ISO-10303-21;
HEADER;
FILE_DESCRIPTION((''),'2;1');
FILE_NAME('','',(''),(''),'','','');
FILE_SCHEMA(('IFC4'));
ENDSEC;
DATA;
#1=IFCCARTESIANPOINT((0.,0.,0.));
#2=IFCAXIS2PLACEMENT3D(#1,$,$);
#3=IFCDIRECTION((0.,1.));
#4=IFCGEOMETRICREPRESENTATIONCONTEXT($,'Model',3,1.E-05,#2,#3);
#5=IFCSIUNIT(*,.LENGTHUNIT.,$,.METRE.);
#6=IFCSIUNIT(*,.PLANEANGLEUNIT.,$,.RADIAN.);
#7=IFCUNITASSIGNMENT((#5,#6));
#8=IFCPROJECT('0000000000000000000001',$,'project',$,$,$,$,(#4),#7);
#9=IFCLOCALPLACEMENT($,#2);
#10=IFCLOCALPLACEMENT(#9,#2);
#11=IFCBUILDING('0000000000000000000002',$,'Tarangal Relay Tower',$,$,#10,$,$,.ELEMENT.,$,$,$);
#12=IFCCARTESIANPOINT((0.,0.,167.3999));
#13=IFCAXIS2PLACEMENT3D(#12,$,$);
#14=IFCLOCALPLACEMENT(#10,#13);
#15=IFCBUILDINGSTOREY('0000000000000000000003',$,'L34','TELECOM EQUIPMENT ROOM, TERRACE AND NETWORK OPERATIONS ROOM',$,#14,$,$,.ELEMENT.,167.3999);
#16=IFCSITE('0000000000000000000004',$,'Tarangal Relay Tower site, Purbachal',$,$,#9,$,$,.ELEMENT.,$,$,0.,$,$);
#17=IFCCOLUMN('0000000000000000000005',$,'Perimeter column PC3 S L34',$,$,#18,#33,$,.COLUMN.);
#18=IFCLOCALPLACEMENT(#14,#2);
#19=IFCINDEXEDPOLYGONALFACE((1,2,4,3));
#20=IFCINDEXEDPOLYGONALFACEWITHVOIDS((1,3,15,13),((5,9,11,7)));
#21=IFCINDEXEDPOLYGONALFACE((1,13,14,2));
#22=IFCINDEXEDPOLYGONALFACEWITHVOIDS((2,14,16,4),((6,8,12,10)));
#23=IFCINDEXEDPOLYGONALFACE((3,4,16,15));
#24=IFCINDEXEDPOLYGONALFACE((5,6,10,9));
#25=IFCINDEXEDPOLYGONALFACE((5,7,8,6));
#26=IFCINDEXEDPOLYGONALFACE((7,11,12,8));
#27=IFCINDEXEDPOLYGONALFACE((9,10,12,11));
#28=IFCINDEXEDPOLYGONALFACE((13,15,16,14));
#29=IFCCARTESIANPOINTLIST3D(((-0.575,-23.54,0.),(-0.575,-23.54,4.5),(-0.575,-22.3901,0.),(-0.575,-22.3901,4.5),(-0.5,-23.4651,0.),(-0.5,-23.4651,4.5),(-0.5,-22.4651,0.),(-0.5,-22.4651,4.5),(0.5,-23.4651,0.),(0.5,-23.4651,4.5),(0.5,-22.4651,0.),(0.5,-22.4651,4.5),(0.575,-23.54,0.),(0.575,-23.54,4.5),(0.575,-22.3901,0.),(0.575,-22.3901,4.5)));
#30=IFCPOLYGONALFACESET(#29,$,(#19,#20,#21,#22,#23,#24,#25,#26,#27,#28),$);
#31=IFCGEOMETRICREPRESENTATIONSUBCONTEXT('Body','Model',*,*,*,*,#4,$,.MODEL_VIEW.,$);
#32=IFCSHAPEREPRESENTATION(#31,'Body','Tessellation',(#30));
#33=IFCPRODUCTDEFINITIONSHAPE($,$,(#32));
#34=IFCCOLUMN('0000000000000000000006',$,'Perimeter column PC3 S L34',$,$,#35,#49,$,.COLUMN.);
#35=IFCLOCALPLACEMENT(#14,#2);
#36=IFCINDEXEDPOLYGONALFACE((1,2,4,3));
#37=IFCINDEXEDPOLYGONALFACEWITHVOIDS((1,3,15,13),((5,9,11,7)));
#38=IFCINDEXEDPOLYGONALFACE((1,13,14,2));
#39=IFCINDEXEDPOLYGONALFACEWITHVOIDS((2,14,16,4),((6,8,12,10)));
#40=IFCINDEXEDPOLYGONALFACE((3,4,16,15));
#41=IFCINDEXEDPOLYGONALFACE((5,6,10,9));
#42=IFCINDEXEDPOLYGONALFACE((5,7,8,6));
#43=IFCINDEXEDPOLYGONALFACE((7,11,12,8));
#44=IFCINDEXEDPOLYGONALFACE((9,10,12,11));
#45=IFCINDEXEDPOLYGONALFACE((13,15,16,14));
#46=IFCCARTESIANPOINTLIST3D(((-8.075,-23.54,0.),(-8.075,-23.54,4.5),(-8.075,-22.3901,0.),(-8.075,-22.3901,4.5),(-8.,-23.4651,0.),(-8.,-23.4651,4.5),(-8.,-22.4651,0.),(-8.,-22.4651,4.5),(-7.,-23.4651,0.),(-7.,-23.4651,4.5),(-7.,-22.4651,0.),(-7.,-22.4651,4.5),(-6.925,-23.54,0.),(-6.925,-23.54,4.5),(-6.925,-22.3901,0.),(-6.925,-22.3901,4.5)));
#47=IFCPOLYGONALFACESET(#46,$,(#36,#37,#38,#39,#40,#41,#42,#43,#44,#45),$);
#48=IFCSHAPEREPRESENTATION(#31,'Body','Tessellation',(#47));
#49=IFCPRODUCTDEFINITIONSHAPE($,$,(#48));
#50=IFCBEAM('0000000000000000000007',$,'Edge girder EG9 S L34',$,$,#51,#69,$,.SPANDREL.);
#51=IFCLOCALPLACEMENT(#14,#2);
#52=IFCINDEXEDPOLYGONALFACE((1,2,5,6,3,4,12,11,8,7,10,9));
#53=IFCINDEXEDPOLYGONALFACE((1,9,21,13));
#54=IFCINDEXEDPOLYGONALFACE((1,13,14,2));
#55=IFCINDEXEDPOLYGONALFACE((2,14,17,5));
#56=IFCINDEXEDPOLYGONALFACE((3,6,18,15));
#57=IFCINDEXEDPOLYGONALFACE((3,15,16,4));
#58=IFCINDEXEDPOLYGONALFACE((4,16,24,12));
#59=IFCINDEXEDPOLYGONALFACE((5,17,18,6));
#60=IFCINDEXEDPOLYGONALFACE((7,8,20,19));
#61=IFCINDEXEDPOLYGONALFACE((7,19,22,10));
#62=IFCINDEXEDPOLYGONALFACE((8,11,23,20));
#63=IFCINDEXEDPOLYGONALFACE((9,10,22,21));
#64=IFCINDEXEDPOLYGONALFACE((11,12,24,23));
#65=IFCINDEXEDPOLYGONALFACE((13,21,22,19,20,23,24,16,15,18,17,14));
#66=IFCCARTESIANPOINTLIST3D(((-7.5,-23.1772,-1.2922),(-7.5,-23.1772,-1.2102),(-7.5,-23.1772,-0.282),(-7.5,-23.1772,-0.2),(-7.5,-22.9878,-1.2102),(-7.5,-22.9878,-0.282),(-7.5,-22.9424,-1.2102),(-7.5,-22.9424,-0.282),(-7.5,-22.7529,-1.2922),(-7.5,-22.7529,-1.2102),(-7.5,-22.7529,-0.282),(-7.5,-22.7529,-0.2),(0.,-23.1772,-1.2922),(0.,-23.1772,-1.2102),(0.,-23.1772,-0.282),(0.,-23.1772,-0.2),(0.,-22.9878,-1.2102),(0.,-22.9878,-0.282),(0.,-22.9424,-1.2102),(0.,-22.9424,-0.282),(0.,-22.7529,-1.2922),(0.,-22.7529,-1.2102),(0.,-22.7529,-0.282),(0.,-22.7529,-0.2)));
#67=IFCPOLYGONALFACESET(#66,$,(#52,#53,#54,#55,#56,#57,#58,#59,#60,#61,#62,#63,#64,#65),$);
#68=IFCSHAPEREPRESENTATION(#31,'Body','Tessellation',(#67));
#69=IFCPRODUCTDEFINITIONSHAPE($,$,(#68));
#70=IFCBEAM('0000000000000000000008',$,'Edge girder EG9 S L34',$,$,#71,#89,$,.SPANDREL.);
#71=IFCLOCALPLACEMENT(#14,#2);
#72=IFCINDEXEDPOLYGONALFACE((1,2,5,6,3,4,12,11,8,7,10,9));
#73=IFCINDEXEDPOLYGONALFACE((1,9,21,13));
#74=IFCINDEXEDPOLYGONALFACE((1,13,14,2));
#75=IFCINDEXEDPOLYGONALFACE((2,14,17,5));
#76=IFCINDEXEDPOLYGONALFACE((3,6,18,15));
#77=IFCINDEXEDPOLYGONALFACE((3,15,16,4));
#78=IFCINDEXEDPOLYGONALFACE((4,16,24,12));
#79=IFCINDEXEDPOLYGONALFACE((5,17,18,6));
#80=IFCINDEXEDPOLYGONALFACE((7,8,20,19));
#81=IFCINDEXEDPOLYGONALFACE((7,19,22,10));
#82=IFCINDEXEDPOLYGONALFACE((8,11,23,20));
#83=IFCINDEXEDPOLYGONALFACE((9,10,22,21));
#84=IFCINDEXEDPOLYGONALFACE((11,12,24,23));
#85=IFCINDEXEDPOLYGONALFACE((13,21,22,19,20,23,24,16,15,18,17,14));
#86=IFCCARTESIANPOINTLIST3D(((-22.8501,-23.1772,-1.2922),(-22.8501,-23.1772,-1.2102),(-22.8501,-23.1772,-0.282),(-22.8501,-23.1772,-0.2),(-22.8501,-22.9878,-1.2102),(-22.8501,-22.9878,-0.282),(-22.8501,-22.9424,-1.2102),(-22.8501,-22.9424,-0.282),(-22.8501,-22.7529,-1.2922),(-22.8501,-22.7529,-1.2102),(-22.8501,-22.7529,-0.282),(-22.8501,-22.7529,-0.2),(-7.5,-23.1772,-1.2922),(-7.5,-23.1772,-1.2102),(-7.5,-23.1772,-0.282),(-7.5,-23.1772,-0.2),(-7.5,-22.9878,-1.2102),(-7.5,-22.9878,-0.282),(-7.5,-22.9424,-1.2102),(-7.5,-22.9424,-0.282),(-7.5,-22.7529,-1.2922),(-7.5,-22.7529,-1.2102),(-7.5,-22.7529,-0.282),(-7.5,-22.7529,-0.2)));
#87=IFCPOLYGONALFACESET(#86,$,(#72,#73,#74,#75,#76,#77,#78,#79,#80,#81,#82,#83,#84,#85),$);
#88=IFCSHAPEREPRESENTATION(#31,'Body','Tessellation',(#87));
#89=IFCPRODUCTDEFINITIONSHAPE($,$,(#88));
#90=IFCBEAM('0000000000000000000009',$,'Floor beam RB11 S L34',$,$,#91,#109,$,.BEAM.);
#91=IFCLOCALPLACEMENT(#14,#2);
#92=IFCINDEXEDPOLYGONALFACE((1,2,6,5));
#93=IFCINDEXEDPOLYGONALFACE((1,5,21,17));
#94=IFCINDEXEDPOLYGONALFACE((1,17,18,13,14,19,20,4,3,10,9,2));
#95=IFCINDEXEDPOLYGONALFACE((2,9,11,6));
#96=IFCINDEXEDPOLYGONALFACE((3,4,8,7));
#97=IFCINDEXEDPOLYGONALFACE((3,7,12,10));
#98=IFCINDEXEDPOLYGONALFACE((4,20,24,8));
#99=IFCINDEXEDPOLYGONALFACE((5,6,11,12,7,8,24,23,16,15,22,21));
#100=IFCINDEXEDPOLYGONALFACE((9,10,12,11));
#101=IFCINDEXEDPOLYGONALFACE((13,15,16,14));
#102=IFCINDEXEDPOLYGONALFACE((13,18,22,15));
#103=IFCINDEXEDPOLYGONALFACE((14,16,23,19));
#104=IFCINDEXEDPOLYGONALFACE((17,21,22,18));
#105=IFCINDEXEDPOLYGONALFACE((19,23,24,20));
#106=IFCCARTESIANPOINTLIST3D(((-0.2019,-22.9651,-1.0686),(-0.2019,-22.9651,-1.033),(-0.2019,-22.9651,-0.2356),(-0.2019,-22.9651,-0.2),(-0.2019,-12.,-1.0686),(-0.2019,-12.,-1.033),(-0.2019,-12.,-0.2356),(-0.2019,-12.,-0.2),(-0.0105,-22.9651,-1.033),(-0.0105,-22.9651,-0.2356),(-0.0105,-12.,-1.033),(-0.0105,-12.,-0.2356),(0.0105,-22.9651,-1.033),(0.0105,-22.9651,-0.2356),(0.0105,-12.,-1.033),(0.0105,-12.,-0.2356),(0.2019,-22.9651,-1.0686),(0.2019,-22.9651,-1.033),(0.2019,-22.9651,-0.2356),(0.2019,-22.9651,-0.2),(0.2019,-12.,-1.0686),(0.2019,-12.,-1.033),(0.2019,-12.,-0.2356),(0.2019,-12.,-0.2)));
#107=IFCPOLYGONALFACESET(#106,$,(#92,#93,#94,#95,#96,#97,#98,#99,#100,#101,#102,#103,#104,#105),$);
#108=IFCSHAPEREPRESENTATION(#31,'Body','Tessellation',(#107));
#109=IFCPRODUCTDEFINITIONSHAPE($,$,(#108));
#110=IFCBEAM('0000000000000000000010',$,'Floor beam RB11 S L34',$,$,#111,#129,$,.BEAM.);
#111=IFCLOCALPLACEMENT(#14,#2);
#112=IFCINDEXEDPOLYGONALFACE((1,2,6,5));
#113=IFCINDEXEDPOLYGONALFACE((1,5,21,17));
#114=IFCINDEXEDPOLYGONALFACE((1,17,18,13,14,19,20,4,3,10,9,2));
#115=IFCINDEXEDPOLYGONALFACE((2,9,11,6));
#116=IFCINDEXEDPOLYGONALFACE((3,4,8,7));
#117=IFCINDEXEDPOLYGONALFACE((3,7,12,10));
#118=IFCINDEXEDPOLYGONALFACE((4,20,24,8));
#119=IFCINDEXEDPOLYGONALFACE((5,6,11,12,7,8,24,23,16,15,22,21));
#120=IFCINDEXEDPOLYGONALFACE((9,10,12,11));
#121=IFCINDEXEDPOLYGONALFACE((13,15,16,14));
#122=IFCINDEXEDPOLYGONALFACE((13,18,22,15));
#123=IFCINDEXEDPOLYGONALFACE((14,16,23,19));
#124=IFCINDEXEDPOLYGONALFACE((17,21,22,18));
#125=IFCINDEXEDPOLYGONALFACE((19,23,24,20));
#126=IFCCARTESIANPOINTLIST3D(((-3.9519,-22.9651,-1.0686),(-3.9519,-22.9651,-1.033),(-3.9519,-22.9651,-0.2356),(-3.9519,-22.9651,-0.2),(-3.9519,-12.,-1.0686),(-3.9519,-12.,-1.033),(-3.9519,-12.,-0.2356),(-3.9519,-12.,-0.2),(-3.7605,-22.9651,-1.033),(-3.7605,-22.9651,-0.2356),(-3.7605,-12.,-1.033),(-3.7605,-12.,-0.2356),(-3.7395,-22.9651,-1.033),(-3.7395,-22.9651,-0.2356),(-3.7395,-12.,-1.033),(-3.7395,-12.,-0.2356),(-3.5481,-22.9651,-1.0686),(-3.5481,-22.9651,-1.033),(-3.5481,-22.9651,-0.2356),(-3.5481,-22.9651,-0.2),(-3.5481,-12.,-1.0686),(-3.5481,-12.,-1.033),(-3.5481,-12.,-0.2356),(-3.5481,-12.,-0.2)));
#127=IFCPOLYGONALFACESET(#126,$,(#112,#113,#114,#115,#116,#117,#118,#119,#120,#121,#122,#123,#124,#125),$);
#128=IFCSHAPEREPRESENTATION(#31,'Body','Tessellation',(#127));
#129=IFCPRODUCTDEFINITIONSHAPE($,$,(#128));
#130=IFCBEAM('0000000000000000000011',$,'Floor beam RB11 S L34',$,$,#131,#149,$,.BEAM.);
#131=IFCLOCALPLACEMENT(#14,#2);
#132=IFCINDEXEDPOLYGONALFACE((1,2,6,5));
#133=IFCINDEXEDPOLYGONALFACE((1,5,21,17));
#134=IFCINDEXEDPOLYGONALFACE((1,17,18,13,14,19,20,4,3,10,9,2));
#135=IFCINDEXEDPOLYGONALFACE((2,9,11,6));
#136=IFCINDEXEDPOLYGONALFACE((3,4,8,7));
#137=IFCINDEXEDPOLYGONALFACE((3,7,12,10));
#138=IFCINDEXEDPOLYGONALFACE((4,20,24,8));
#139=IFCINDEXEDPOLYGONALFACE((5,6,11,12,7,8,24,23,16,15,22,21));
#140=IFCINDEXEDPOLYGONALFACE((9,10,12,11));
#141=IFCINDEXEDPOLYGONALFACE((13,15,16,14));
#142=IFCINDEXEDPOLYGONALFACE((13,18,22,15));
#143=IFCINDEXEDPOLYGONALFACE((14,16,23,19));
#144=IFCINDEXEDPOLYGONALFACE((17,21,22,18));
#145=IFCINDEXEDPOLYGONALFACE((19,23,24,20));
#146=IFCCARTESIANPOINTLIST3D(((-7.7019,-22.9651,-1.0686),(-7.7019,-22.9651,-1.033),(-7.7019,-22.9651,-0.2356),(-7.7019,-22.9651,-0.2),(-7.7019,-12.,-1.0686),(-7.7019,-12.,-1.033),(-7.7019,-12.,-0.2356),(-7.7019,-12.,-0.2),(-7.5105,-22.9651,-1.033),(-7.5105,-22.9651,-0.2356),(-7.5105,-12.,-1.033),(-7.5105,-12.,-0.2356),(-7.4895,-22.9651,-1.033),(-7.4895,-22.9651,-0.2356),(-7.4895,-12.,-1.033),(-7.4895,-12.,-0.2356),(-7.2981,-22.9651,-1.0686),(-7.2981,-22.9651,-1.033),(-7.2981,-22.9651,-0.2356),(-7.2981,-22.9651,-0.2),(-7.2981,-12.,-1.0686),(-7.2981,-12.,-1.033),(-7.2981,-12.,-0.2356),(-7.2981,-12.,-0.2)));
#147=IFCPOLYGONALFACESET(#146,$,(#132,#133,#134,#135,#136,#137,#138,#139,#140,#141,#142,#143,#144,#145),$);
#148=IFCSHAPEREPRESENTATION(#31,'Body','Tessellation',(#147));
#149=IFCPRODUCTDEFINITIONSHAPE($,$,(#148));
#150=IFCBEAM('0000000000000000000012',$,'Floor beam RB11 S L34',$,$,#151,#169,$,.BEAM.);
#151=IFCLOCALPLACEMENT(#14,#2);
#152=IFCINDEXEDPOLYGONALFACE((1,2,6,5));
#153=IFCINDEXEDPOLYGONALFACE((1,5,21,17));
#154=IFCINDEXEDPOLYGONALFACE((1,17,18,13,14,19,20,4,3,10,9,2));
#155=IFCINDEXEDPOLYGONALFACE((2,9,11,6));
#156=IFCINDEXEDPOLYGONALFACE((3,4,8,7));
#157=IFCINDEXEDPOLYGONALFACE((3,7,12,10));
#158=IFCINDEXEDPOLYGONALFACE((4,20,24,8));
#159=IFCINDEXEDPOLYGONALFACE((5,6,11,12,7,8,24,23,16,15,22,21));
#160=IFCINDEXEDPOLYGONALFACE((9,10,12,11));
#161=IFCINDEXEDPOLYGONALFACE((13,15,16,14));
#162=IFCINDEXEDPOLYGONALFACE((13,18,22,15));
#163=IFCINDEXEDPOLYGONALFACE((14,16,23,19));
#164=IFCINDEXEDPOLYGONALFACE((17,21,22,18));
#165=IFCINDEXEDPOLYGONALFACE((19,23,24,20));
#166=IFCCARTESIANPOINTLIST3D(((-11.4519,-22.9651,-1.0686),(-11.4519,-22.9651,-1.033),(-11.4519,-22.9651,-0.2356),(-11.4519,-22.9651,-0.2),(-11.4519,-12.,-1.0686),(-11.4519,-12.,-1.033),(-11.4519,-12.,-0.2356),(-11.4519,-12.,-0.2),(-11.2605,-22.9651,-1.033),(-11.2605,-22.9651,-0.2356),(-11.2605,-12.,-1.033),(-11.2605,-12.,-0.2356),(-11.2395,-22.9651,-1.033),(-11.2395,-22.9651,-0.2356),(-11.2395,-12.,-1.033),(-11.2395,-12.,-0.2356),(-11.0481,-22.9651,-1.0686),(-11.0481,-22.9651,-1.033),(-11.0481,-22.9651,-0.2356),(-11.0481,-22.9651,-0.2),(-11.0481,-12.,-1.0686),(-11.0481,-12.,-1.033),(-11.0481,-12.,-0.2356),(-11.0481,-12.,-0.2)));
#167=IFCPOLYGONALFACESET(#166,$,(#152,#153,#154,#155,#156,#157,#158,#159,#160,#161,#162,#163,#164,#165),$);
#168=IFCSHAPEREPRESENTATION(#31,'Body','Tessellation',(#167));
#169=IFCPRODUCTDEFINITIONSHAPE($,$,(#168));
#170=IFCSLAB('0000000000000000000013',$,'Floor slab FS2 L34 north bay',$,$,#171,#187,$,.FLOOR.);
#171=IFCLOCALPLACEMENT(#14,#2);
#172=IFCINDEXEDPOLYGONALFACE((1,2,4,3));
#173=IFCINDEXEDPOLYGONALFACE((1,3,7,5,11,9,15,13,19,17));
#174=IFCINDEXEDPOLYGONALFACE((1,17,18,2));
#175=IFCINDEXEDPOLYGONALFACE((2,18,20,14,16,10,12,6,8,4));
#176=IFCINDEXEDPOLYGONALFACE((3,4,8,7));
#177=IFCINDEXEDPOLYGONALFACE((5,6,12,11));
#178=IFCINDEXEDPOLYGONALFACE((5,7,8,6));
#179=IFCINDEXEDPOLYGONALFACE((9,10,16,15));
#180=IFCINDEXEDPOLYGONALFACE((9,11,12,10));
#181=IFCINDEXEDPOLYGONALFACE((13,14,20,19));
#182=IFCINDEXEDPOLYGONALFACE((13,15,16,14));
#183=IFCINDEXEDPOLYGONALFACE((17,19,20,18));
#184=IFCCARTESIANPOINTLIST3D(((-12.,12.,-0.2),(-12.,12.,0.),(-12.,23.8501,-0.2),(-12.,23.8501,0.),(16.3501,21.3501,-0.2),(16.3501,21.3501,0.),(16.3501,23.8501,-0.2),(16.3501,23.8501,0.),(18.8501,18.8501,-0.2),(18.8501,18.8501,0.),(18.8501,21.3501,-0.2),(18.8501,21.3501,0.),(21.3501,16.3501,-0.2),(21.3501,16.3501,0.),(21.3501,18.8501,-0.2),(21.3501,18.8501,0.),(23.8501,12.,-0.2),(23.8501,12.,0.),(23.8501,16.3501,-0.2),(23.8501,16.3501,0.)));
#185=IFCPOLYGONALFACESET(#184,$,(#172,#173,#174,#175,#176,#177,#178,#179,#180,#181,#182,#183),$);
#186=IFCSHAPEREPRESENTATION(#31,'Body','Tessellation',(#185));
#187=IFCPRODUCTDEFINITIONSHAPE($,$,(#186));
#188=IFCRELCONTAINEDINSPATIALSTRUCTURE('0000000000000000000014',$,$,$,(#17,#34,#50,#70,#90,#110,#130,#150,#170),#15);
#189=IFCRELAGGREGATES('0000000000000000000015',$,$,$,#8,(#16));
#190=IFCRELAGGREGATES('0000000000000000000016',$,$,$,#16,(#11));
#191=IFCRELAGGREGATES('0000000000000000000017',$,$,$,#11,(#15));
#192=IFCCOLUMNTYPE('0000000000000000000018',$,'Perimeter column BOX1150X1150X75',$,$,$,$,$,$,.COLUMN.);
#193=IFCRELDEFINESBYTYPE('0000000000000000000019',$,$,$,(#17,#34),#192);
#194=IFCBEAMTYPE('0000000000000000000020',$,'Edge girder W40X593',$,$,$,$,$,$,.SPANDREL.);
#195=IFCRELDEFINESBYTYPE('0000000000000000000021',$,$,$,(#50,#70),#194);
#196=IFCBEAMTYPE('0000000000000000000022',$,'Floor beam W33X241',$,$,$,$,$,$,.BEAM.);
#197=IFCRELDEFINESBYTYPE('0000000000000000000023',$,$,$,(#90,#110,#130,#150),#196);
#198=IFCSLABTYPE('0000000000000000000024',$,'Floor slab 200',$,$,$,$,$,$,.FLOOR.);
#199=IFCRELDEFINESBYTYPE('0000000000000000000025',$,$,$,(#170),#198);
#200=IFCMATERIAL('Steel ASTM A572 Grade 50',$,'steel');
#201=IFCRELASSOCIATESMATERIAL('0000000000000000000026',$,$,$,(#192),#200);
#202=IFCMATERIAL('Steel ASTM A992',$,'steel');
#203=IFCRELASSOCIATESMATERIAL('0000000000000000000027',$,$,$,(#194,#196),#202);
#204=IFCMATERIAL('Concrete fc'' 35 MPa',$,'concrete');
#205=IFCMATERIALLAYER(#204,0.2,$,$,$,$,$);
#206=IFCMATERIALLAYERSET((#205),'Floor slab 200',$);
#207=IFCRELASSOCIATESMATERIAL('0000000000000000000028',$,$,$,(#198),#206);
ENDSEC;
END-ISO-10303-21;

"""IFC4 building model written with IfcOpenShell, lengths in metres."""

from ifc_helpers import new_model, si_unit, direction, frame, origin, origin_2d, place, context, subcontext, project, spatial, polyline, hollow_rectangle, i_section, outline, extrude, material, layer, layer_set, material_profile, profile_set, type_object, element, save


model = new_model("IFC4")

# Units and contexts
model_context = context("Model", 3, precision=1e-05, world=origin(), true_north=direction((0.0, 1.0)))
body_context = subcontext(model_context, "Body", "Model", "MODEL_VIEW")
ifc_project = project(units=[si_unit("LENGTHUNIT", "METRE"), si_unit("PLANEANGLEUNIT", "RADIAN")], contexts=[model_context])

# Site, building, storey
site_placement = place(None, origin())
site = spatial("IfcSite", under=ifc_project, at=site_placement, Name="Tarangal Relay Tower site, Purbachal", CompositionType="ELEMENT", RefElevation=0.0)
building_placement = place(site_placement, origin())
building = spatial("IfcBuilding", under=site, at=building_placement, Name="Tarangal Relay Tower", CompositionType="ELEMENT")
storey_placement = place(building_placement, frame((0.0, 0.0, 167.3999)))
storey = spatial("IfcBuildingStorey", under=building, at=storey_placement, Name="L34", Description="TELECOM EQUIPMENT ROOM, TERRACE AND NETWORK OPERATIONS ROOM", CompositionType="ELEMENT", Elevation=167.3999)

# Columns
ifc_material_1 = material(Name="Steel ASTM A572 Grade 50", Category="steel")
ifc_material_profile_1 = material_profile(ifc_material_1, hollow_rectangle(XDim=1.1499, YDim=1.1499, WallThickness=0.075, at=origin_2d()), Name="BOX1150X1150X75")
ifc_profile_set_1 = profile_set([ifc_material_profile_1], Name="Steel ASTM A572 Grade 50")
column_type = type_object("IfcColumnType", Name="Perimeter column BOX1150X1150X75", PredefinedType="COLUMN", material=ifc_profile_set_1)
for number, where, z_axis, x_axis, name in (
    (1, (0.0, -22.9651, 0.0), (0.0, 0.0, 1.0), (1.0, 0.0, 0.0), "Perimeter column PC3 S L34"),
    (2, (-7.5, -22.9651, 0.0), (0.0, 0.0, 1.0), (1.0, 0.0, 0.0), "Perimeter column PC3 S L34"),
):
    element("IfcColumn", number, at=place(storey_placement, frame(where, z_axis=z_axis, x_axis=x_axis)), inside=storey, type_object=column_type, Name=name, PredefinedType="COLUMN", context=body_context, shape_type="SweptSolid", body=[
        extrude(hollow_rectangle(XDim=1.1499, YDim=1.1499, WallThickness=0.075, at=origin_2d()), origin(), (0.0, 0.0, 1.0), 4.5),
    ])

# Beams
ifc_material_2 = material(Name="Steel ASTM A992", Category="steel")
ifc_material_profile_2 = material_profile(ifc_material_2, i_section(OverallWidth=0.4243, OverallDepth=1.0923, WebThickness=0.0454, FlangeThickness=0.082, at=origin_2d()), Name="W40X593")
ifc_profile_set_2 = profile_set([ifc_material_profile_2], Name="Steel ASTM A992")
beam_type_1 = type_object("IfcBeamType", Name="Edge girder W40X593", PredefinedType="SPANDREL", material=ifc_profile_set_2)
beam_1_placement = place(storey_placement, frame((0.0, -22.9651, -0.7461), z_axis=(-1.0, 0.0, 0.0), x_axis=(0.0, -1.0, 0.0)))
element("IfcBeam", 3, at=beam_1_placement, inside=storey, type_object=beam_type_1, Name="Edge girder EG9 S L34", PredefinedType="SPANDREL", context=body_context, shape_type="SweptSolid", body=[
    extrude(i_section(OverallWidth=0.4243, OverallDepth=1.0923, WebThickness=0.0454, FlangeThickness=0.082, at=origin_2d()), origin(), (0.0, 0.0, 1.0), 7.5),
])
beam_2_placement = place(storey_placement, frame((-7.5, -22.9651, -0.7461), z_axis=(-1.0, 0.0, 0.0), x_axis=(0.0, -1.0, 0.0)))
element("IfcBeam", 4, at=beam_2_placement, inside=storey, type_object=beam_type_1, Name="Edge girder EG9 S L34", PredefinedType="SPANDREL", context=body_context, shape_type="SweptSolid", body=[
    extrude(i_section(OverallWidth=0.4243, OverallDepth=1.0923, WebThickness=0.0454, FlangeThickness=0.082, at=origin_2d()), origin(), (0.0, 0.0, 1.0), 15.3501),
])
ifc_material_profile_3 = material_profile(ifc_material_2, i_section(OverallWidth=0.4038, OverallDepth=0.8687, WebThickness=0.021, FlangeThickness=0.0356, at=origin_2d()), Name="W33X241")
ifc_profile_set_3 = profile_set([ifc_material_profile_3], Name="Steel ASTM A992")
beam_type_2 = type_object("IfcBeamType", Name="Floor beam W33X241", PredefinedType="BEAM", material=ifc_profile_set_3)
for number, where, z_axis, x_axis, name in (
    (5, (0.0, -12.0, -0.6343), (0.0, -1.0, 0.0), (1.0, 0.0, 0.0), "Floor beam RB11 S L34"),
    (6, (-3.75, -12.0, -0.6343), (0.0, -1.0, 0.0), (1.0, 0.0, 0.0), "Floor beam RB11 S L34"),
    (7, (-7.5, -12.0, -0.6343), (0.0, -1.0, 0.0), (1.0, 0.0, 0.0), "Floor beam RB11 S L34"),
    (8, (-11.25, -12.0, -0.6343), (0.0, -1.0, 0.0), (1.0, 0.0, 0.0), "Floor beam RB11 S L34"),
):
    element("IfcBeam", number, at=place(storey_placement, frame(where, z_axis=z_axis, x_axis=x_axis)), inside=storey, type_object=beam_type_2, Name=name, PredefinedType="BEAM", context=body_context, shape_type="SweptSolid", body=[
        extrude(i_section(OverallWidth=0.4038, OverallDepth=0.8687, WebThickness=0.021, FlangeThickness=0.0356, at=origin_2d()), origin(), (0.0, 0.0, 1.0), 10.9651),
    ])

# Slab
ifc_material_3 = material(Name="Concrete fc' 35 MPa", Category="concrete")
ifc_layer_1 = layer(ifc_material_3, 0.2)
ifc_layer_set_1 = layer_set([ifc_layer_1], Name="Floor slab 200")
slab_type = type_object("IfcSlabType", Name="Floor slab 200", PredefinedType="FLOOR", material=ifc_layer_set_1)
slab_1_placement = place(storey_placement, frame((0.0, 0.0, -0.2)))
element("IfcSlab", 9, at=slab_1_placement, inside=storey, type_object=slab_type, Name="Floor slab FS2 L34 north bay", PredefinedType="FLOOR", context=body_context, shape_type="SweptSolid", body=[
    extrude(outline(polyline([(16.3501, 23.8501), (16.3501, 21.3501), (18.8501, 21.3501), (18.8501, 18.8501), (21.3501, 18.8501), (21.3501, 16.3501), (23.8501, 16.3501), (23.8501, 12.0), (-12.0, 12.0), (-12.0, 23.8501), (16.3501, 23.8501)])), origin(), (0.0, 0.0, 1.0), 0.2),
])

save(model, "model.ifc")
